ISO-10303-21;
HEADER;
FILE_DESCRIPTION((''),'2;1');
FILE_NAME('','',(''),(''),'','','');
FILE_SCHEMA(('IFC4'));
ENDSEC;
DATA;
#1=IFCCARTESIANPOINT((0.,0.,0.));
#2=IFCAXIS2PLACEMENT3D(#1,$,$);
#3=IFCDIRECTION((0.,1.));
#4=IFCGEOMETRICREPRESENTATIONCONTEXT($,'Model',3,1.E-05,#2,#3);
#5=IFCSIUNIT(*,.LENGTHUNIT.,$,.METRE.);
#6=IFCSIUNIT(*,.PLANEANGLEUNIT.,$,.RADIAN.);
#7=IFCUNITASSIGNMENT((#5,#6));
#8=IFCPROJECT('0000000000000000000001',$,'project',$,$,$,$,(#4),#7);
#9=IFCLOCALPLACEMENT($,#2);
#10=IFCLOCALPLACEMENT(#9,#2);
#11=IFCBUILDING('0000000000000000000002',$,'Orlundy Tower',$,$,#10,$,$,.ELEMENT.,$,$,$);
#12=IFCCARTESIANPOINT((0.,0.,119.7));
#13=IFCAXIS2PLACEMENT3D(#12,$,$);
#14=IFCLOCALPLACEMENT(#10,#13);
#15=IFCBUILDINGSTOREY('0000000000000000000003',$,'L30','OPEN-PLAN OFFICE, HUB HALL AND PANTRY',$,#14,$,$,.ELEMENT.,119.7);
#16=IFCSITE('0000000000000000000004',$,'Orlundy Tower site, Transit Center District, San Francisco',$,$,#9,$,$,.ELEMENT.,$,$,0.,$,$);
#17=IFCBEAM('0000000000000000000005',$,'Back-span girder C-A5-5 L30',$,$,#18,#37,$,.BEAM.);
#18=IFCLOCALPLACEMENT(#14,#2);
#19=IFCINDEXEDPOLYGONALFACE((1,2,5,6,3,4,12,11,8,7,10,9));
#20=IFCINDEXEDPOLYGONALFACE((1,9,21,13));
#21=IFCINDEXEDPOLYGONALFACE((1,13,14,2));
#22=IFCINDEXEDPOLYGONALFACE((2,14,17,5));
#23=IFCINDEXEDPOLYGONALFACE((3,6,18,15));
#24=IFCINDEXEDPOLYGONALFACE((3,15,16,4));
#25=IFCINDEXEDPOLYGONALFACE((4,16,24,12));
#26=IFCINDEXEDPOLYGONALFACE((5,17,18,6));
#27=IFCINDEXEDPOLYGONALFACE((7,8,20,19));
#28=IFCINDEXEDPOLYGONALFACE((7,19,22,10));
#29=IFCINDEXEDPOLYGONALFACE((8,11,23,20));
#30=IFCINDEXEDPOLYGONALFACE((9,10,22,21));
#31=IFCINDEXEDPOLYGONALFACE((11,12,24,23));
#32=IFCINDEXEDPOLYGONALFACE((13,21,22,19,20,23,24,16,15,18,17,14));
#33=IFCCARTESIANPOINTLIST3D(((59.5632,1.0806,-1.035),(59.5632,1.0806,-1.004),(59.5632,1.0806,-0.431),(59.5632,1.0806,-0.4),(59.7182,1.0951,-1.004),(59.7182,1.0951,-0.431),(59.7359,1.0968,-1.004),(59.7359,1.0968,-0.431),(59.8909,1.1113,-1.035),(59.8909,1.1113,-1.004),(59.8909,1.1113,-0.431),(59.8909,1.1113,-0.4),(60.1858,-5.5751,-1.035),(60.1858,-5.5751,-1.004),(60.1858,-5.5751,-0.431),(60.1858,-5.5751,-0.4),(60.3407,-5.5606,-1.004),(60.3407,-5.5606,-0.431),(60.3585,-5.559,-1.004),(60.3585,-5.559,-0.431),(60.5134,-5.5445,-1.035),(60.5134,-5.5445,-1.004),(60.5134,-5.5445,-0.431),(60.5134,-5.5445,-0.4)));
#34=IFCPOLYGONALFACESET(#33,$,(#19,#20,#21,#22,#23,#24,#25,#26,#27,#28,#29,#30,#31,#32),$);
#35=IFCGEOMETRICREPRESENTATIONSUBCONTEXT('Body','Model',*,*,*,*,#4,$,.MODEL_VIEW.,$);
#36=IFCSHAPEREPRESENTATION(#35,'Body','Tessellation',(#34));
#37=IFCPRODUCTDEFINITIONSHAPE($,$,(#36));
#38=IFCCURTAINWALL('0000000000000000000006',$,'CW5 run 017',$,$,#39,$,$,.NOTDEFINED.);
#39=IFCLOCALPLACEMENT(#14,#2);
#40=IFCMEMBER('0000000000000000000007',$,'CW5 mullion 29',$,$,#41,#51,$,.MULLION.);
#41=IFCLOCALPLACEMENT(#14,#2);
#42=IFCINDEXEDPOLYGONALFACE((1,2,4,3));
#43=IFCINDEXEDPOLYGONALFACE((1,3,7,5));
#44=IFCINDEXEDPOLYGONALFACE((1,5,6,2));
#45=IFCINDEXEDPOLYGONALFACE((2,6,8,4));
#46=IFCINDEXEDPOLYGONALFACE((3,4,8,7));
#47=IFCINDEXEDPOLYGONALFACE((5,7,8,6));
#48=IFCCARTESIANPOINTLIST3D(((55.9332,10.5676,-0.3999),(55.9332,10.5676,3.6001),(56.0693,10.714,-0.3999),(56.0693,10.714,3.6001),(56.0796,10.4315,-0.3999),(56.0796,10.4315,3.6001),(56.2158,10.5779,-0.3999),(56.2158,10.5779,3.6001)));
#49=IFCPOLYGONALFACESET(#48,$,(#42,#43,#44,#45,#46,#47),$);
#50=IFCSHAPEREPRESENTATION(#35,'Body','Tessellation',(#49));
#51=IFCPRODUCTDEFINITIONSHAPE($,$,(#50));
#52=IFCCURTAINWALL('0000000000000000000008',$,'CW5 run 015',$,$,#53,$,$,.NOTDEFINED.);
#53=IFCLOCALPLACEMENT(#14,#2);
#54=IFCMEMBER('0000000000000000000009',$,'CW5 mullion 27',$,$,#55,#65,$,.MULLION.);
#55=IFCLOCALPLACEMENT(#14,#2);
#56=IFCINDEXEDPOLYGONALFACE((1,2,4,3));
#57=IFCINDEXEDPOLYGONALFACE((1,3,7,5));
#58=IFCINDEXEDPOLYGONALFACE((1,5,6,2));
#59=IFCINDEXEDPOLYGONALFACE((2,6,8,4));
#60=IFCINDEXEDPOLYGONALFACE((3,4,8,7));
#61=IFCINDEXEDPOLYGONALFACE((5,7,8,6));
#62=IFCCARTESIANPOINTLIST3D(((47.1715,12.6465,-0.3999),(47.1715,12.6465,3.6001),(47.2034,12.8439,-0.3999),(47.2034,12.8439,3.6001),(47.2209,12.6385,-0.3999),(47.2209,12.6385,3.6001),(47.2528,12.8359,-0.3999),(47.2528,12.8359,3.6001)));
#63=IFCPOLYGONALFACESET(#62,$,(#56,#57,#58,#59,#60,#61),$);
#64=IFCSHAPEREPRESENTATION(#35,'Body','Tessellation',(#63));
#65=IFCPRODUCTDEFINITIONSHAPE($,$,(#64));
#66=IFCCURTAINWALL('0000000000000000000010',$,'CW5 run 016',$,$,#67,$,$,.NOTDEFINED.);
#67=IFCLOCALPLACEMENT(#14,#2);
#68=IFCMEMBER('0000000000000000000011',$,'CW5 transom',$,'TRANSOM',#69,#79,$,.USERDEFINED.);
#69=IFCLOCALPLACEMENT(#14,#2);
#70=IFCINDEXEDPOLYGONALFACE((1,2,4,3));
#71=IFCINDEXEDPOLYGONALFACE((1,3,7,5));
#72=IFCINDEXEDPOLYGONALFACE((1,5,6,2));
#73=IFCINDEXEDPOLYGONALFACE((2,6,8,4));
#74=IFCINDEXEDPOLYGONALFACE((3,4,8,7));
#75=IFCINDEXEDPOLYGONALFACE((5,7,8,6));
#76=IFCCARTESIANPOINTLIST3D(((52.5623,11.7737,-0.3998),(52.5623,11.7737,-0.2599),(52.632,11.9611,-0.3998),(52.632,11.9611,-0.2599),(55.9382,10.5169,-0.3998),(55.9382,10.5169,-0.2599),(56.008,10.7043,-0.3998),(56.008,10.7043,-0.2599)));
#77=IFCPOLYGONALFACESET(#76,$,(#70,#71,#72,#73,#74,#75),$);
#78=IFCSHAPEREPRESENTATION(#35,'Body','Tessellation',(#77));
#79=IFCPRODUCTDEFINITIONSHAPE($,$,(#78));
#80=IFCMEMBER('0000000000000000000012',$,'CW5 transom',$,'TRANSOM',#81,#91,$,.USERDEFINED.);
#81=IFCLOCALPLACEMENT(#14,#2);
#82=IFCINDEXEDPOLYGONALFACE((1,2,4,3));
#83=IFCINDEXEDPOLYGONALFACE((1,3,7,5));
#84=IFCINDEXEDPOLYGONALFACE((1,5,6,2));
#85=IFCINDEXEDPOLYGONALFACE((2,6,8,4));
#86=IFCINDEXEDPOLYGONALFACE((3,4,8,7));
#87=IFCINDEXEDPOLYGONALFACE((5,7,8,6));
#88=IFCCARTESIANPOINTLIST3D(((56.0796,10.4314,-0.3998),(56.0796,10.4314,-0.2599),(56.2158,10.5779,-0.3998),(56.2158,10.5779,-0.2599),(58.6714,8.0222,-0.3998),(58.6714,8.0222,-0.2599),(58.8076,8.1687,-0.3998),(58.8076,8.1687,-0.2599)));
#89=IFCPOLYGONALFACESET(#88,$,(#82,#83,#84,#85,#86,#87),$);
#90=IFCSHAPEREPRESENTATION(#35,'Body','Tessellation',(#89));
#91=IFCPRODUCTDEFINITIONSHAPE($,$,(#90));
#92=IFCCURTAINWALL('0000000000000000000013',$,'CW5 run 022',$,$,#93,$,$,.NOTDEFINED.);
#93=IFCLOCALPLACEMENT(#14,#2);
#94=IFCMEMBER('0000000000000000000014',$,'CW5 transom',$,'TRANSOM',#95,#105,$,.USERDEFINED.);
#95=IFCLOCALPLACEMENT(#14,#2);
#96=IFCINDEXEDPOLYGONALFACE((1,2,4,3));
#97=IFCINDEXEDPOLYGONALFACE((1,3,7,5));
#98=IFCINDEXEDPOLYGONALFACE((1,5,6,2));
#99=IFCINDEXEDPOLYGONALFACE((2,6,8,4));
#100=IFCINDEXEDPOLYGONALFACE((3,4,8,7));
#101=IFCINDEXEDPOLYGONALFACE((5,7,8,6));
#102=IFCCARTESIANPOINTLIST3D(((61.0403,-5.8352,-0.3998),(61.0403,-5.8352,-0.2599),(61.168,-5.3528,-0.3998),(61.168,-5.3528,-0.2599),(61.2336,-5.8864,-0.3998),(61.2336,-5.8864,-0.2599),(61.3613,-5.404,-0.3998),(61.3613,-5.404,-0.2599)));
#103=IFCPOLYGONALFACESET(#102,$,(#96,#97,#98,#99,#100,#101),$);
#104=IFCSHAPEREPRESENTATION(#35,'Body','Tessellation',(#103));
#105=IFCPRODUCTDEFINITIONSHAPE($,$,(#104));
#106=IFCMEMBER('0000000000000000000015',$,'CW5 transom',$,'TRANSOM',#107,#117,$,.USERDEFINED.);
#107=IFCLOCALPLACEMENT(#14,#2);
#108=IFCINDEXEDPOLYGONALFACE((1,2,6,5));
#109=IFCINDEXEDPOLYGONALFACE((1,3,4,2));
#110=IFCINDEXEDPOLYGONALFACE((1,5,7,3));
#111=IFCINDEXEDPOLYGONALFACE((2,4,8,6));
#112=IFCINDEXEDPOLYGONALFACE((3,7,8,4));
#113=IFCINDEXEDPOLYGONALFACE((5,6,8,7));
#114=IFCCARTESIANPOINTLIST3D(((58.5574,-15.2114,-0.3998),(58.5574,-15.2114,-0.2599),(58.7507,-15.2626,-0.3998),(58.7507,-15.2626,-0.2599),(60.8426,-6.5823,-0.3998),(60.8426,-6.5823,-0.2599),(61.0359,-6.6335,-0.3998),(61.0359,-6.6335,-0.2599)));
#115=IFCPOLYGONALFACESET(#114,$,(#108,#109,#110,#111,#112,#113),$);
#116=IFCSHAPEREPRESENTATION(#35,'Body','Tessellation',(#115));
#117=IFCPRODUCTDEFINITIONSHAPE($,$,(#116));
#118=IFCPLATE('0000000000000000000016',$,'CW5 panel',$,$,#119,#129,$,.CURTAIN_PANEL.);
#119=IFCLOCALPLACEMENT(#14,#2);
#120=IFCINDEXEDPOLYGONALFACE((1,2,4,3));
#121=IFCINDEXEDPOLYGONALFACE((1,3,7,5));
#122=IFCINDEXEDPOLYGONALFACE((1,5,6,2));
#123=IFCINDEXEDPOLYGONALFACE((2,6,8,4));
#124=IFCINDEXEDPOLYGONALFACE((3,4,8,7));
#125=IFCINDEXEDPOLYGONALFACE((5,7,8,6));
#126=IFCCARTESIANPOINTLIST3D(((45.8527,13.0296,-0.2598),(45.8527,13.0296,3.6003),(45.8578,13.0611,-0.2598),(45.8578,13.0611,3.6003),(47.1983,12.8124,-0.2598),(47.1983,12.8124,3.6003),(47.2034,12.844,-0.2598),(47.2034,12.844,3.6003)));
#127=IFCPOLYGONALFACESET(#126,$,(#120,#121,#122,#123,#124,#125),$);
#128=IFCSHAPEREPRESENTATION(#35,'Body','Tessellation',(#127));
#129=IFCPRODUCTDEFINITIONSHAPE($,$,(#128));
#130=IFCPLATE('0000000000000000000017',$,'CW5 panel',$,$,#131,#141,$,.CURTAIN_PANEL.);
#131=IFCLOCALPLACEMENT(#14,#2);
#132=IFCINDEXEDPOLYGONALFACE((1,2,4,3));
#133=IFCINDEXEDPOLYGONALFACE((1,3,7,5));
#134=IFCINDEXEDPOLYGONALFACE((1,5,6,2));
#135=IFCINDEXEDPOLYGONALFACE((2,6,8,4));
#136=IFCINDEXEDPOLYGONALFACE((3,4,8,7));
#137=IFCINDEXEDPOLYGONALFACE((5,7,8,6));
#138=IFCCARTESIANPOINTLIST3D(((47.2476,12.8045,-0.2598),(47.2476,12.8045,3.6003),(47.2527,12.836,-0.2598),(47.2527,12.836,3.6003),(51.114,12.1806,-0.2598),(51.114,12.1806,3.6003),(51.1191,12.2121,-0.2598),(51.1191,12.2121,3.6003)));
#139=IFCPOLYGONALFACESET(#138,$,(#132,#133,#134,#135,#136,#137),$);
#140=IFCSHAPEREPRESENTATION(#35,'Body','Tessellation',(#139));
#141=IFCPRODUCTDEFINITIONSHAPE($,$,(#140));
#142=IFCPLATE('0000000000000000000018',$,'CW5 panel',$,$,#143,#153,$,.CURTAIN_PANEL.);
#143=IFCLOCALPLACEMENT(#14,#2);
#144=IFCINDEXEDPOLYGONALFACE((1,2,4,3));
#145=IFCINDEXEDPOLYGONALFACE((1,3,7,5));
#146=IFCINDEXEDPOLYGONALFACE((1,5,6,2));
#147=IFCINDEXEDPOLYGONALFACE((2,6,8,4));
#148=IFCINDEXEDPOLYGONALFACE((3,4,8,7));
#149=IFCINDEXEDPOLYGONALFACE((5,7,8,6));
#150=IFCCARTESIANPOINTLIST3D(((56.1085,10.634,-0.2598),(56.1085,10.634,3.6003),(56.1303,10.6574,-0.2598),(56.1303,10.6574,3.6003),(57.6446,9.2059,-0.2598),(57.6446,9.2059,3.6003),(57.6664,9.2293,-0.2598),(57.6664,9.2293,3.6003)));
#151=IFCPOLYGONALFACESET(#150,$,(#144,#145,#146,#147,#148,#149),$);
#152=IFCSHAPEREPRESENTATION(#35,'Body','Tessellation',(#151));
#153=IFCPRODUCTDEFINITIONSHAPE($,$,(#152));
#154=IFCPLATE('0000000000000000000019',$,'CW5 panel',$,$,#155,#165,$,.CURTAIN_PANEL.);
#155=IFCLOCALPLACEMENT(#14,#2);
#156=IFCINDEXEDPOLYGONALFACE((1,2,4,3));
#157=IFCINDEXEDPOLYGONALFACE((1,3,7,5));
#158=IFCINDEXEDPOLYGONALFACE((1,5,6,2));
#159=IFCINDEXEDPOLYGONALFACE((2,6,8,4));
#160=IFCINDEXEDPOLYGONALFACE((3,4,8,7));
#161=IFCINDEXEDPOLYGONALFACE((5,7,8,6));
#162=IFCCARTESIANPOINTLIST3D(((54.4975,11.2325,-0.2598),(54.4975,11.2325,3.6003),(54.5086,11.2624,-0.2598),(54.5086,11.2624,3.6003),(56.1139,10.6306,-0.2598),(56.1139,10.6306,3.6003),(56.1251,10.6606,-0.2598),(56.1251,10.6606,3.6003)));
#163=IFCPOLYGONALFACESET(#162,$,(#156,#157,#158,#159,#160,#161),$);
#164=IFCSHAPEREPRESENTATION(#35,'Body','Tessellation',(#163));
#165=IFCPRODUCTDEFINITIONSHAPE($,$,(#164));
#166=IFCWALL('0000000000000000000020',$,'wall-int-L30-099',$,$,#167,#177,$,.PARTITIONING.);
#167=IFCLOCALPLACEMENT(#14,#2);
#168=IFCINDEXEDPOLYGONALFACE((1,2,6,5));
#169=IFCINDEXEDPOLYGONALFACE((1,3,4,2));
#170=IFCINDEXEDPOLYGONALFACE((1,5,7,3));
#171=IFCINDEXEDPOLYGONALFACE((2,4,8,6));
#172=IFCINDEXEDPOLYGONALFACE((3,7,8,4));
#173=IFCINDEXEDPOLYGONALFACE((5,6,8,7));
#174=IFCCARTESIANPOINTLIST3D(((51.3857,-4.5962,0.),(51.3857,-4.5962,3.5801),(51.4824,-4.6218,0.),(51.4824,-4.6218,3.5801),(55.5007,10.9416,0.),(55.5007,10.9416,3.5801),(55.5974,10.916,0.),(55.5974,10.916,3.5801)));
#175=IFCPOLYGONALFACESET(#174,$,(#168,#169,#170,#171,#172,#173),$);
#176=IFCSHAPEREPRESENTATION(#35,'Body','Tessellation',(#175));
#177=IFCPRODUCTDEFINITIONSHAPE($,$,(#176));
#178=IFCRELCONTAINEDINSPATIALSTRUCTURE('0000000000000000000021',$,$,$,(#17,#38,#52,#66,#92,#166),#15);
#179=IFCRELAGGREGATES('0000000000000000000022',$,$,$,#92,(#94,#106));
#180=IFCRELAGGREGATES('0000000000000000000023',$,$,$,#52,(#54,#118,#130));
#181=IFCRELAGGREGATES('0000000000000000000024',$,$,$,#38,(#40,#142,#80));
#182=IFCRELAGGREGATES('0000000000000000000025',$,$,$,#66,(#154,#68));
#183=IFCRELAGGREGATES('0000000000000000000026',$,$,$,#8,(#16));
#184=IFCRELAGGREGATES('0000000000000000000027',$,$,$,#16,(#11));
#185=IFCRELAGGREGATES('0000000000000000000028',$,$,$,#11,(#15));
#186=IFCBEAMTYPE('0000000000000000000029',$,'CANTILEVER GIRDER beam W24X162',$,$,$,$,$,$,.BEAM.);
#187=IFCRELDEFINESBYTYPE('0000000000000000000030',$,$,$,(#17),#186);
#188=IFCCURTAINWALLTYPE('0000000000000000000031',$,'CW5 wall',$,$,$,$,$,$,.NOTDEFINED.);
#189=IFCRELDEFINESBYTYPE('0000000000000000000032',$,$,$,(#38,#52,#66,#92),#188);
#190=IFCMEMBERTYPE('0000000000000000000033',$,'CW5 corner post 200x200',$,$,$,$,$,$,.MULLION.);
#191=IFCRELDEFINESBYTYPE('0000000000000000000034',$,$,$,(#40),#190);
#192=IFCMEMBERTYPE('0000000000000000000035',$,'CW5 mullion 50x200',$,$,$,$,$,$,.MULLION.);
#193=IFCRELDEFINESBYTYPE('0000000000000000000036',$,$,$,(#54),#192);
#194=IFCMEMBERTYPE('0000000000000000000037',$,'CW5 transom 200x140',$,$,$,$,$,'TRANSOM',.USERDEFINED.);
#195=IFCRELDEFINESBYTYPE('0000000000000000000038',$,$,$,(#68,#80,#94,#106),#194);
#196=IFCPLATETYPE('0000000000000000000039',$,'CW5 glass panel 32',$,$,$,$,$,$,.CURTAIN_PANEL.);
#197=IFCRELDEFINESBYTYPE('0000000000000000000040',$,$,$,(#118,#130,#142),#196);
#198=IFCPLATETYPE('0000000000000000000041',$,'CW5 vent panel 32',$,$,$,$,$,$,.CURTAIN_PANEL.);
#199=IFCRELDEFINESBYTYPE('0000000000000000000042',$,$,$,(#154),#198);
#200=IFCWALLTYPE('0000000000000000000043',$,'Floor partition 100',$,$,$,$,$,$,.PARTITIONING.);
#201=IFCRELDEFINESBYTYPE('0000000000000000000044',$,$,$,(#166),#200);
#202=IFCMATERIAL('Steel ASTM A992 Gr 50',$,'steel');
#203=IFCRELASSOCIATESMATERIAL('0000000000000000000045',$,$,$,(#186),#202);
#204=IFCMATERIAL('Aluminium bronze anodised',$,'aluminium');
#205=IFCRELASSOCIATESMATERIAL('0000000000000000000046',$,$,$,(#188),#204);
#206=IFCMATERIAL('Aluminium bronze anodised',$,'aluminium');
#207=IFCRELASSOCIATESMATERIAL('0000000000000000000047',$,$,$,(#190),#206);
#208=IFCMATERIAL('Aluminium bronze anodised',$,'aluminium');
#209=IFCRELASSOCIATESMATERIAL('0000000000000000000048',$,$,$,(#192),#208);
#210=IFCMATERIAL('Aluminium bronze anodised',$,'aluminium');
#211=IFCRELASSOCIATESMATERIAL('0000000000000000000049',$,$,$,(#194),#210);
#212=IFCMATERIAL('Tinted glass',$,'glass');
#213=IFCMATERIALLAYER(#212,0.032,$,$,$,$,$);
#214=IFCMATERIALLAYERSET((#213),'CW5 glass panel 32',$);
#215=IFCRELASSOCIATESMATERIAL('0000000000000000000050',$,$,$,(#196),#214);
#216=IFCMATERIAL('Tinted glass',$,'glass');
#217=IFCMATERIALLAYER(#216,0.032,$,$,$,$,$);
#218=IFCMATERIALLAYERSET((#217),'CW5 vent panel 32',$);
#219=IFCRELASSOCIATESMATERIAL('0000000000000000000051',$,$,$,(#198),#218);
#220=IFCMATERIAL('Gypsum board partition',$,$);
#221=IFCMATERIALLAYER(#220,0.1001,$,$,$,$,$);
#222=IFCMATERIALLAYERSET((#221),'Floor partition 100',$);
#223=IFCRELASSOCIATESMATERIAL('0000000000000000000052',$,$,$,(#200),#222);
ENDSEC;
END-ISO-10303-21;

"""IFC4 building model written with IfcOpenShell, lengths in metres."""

from ifc_helpers import new_model, si_unit, direction, frame, frame_2d, origin, origin_2d, place, context, subcontext, project, spatial, rectangle, i_section, extrude, material, layer, layer_set, material_profile, profile_set, type_object, element, aggregate, save


model = new_model("IFC4")

# Units and contexts
model_context = context("Model", 3, precision=1e-05, world=origin(), true_north=direction((0.0, 1.0)))
body_context = subcontext(model_context, "Body", "Model", "MODEL_VIEW")
ifc_project = project(units=[si_unit("LENGTHUNIT", "METRE"), si_unit("PLANEANGLEUNIT", "RADIAN")], contexts=[model_context])

# Site, building, storey
site_placement = place(None, origin())
site = spatial("IfcSite", under=ifc_project, at=site_placement, Name="Orlundy Tower site, Transit Center District, San Francisco", CompositionType="ELEMENT", RefElevation=0.0)
building_placement = place(site_placement, origin())
building = spatial("IfcBuilding", under=site, at=building_placement, Name="Orlundy Tower", CompositionType="ELEMENT")
storey_placement = place(building_placement, frame((0.0, 0.0, 119.7)))
storey = spatial("IfcBuildingStorey", under=building, at=storey_placement, Name="L30", Description="OPEN-PLAN OFFICE, HUB HALL AND PANTRY", CompositionType="ELEMENT", Elevation=119.7)

# Beam
ifc_material_1 = material(Name="Steel ASTM A992 Gr 50", Category="steel")
ifc_material_profile_1 = material_profile(ifc_material_1, i_section(OverallWidth=0.3291, OverallDepth=0.635, WebThickness=0.0178, FlangeThickness=0.031, at=origin_2d()), Name="W24X162")
ifc_profile_set_1 = profile_set([ifc_material_profile_1], Name="Steel ASTM A992 Gr 50")
beam_type = type_object("IfcBeamType", Name="CANTILEVER GIRDER beam W24X162", PredefinedType="BEAM", material=ifc_profile_set_1)
beam_1_placement = place(storey_placement, frame((59.7271, 1.0959, -0.7175), z_axis=(0.09313, -0.995654, 0.0), x_axis=(0.995654, 0.09313, 0.0)))
element("IfcBeam", 1, at=beam_1_placement, inside=storey, type_object=beam_type, Name="Back-span girder C-A5-5 L30", PredefinedType="BEAM", context=body_context, shape_type="SweptSolid", body=[
    extrude(i_section(OverallWidth=0.3291, OverallDepth=0.635, WebThickness=0.0178, FlangeThickness=0.031, at=origin_2d()), origin(), (0.0, 0.0, 1.0), 6.6848),
])

# Curtain walls, members
ifc_material_2 = material(Name="Aluminium bronze anodised", Category="aluminium")
curtain_wall_type = type_object("IfcCurtainWallType", Name="CW5 wall", PredefinedType="NOTDEFINED", material=ifc_material_2)
curtain_wall_1_placement = place(storey_placement, origin())
curtain_wall_1 = element("IfcCurtainWall", 2, at=curtain_wall_1_placement, inside=storey, type_object=curtain_wall_type, Name="CW5 run 017", PredefinedType="NOTDEFINED")
ifc_material_3 = material(Name="Aluminium bronze anodised", Category="aluminium")
ifc_material_profile_2 = material_profile(ifc_material_3, rectangle(XDim=0.2, YDim=0.2, at=origin_2d()), Name="CW5 corner post 200x200")
ifc_profile_set_2 = profile_set([ifc_material_profile_2], Name="Aluminium bronze anodised")
member_type_1 = type_object("IfcMemberType", Name="CW5 corner post 200x200", PredefinedType="MULLION", material=ifc_profile_set_2)
member_1_placement = place(storey_placement, frame((56.0745, 10.5728, -0.3999), z_axis=(0.0, 0.0, 1.0), x_axis=(0.680875, 0.732399, 0.0)))
member_1 = element("IfcMember", 3, at=member_1_placement, type_object=member_type_1, Name="CW5 mullion 29", PredefinedType="MULLION", context=body_context, shape_type="SweptSolid", body=[
    extrude(rectangle(XDim=0.2, YDim=0.2, at=origin_2d()), origin(), (0.0, 0.0, 1.0), 4.0),
])
curtain_wall_2_placement = place(storey_placement, origin())
curtain_wall_2 = element("IfcCurtainWall", 4, at=curtain_wall_2_placement, inside=storey, type_object=curtain_wall_type, Name="CW5 run 015", PredefinedType="NOTDEFINED")
ifc_material_4 = material(Name="Aluminium bronze anodised", Category="aluminium")
ifc_material_profile_3 = material_profile(ifc_material_4, rectangle(XDim=0.2, YDim=0.05, at=origin_2d()), Name="CW5 mullion 50x200")
ifc_profile_set_3 = profile_set([ifc_material_profile_3], Name="Aluminium bronze anodised")
member_type_2 = type_object("IfcMemberType", Name="CW5 mullion 50x200", PredefinedType="MULLION", material=ifc_profile_set_3)
member_2_placement = place(storey_placement, frame((47.2122, 12.7412, -0.3999), z_axis=(0.0, 0.0, 1.0), x_axis=(0.159306, 0.987229, 0.0)))
member_2 = element("IfcMember", 5, at=member_2_placement, type_object=member_type_2, Name="CW5 mullion 27", PredefinedType="MULLION", context=body_context, shape_type="SweptSolid", body=[
    extrude(rectangle(XDim=0.2, YDim=0.05, at=origin_2d()), origin(), (0.0, 0.0, 1.0), 4.0),
])
curtain_wall_3_placement = place(storey_placement, origin())
curtain_wall_3 = element("IfcCurtainWall", 6, at=curtain_wall_3_placement, inside=storey, type_object=curtain_wall_type, Name="CW5 run 016", PredefinedType="NOTDEFINED")
ifc_material_5 = material(Name="Aluminium bronze anodised", Category="aluminium")
ifc_material_profile_4 = material_profile(ifc_material_5, rectangle(XDim=0.2, YDim=0.1399, at=origin_2d()), Name="CW5 transom 200x140")
ifc_profile_set_4 = profile_set([ifc_material_profile_4], Name="Aluminium bronze anodised")
member_type_3 = type_object("IfcMemberType", Name="CW5 transom 200x140", ElementType="TRANSOM", PredefinedType="USERDEFINED", material=ifc_profile_set_4)
member_3_placement = place(storey_placement, frame((52.5972, 11.8674, -0.3298), z_axis=(0.937162, -0.348894, 0.0), x_axis=(0.348894, 0.937162, 0.0)))
member_3 = element("IfcMember", 7, at=member_3_placement, type_object=member_type_3, Name="CW5 transom", ObjectType="TRANSOM", PredefinedType="USERDEFINED", context=body_context, shape_type="SweptSolid", body=[
    extrude(rectangle(XDim=0.2, YDim=0.1399, at=origin_2d()), origin(), (0.0, 0.0, 1.0), 3.6023),
])

# Member
member_4_placement = place(storey_placement, frame((56.1477, 10.5046, -0.3298), z_axis=(0.73244, -0.680832, 0.0), x_axis=(0.680832, 0.73244, 0.0)))
member_4 = element("IfcMember", 8, at=member_4_placement, type_object=member_type_3, Name="CW5 transom", ObjectType="TRANSOM", PredefinedType="USERDEFINED", context=body_context, shape_type="SweptSolid", body=[
    extrude(rectangle(XDim=0.2, YDim=0.1399, at=origin_2d()), origin(), (0.0, 0.0, 1.0), 3.5386),
])

# Curtain wall, members
curtain_wall_4_placement = place(storey_placement, origin())
curtain_wall_4 = element("IfcCurtainWall", 9, at=curtain_wall_4_placement, inside=storey, type_object=curtain_wall_type, Name="CW5 run 022", PredefinedType="NOTDEFINED")
member_5_placement = place(storey_placement, frame((61.2646, -5.3784, -0.3298), z_axis=(-0.255866, -0.966712, 0.0), x_axis=(0.966712, -0.255866, 0.0)))
member_5 = element("IfcMember", 10, at=member_5_placement, type_object=member_type_3, Name="CW5 transom", ObjectType="TRANSOM", PredefinedType="USERDEFINED", context=body_context, shape_type="SweptSolid", body=[
    extrude(rectangle(XDim=0.2, YDim=0.1399, at=origin_2d()), origin(), (0.0, 0.0, 1.0), 0.499),
])
member_6_placement = place(storey_placement, frame((60.9392, -6.6079, -0.3298), z_axis=(-0.255994, -0.966678, 0.0), x_axis=(0.966678, -0.255994, 0.0)))
member_6 = element("IfcMember", 11, at=member_6_placement, type_object=member_type_3, Name="CW5 transom", ObjectType="TRANSOM", PredefinedType="USERDEFINED", context=body_context, shape_type="SweptSolid", body=[
    extrude(rectangle(XDim=0.2, YDim=0.1399, at=origin_2d()), origin(), (0.0, 0.0, 1.0), 8.9265),
])
aggregate(curtain_wall_4, [member_5, member_6])

# Plates
ifc_material_6 = material(Name="Tinted glass", Category="glass")
ifc_layer_1 = layer(ifc_material_6, 0.032)
ifc_layer_set_1 = layer_set([ifc_layer_1], Name="CW5 glass panel 32")
plate_type_1 = type_object("IfcPlateType", Name="CW5 glass panel 32", PredefinedType="CURTAIN_PANEL", material=ifc_layer_set_1)
plate_1_placement = place(storey_placement, frame((46.5281, 12.9368, -0.2598), z_axis=(0.0, 0.0, 1.0), x_axis=(0.987229, -0.159306, 0.0)))
plate_1 = element("IfcPlate", 12, at=plate_1_placement, type_object=plate_type_1, Name="CW5 panel", PredefinedType="CURTAIN_PANEL", context=body_context, shape_type="SweptSolid", body=[
    extrude(rectangle(XDim=1.363, YDim=0.032, at=origin_2d()), origin(), (0.0, 0.0, 1.0), 3.8601),
])
plate_2_placement = place(storey_placement, frame((49.1833, 12.5083, -0.2598), z_axis=(0.0, 0.0, 1.0), x_axis=(0.987229, -0.159306, 0.0)))
plate_2 = element("IfcPlate", 13, at=plate_2_placement, type_object=plate_type_1, Name="CW5 panel", PredefinedType="CURTAIN_PANEL", context=body_context, shape_type="SweptSolid", body=[
    extrude(rectangle(XDim=3.9165, YDim=0.032, at=origin_2d()), origin(), (0.0, 0.0, 1.0), 3.8601),
])
aggregate(curtain_wall_2, [member_2, plate_1, plate_2])
plate_3_placement = place(storey_placement, frame((56.8875, 9.9316, -0.2598), z_axis=(0.0, 0.0, 1.0), x_axis=(0.732399, -0.680875, 0.0)))
plate_3 = element("IfcPlate", 14, at=plate_3_placement, type_object=plate_type_1, Name="CW5 panel", PredefinedType="CURTAIN_PANEL", context=body_context, shape_type="SweptSolid", body=[
    extrude(rectangle(XDim=2.0974, YDim=0.032, at=origin_2d()), origin(), (0.0, 0.0, 1.0), 3.8601),
])
aggregate(curtain_wall_1, [member_1, plate_3, member_4])
ifc_material_7 = material(Name="Tinted glass", Category="glass")
ifc_layer_2 = layer(ifc_material_7, 0.032)
ifc_layer_set_2 = layer_set([ifc_layer_2], Name="CW5 vent panel 32")
plate_type_2 = type_object("IfcPlateType", Name="CW5 vent panel 32", PredefinedType="CURTAIN_PANEL", material=ifc_layer_set_2)
plate_4_placement = place(storey_placement, frame((55.3113, 10.9465, -0.2598), z_axis=(0.0, 0.0, 1.0), x_axis=(0.937158, -0.348905, 0.0)))
plate_4 = element("IfcPlate", 15, at=plate_4_placement, type_object=plate_type_2, Name="CW5 panel", PredefinedType="CURTAIN_PANEL", context=body_context, shape_type="SweptSolid", body=[
    extrude(rectangle(XDim=1.7249, YDim=0.032, at=origin_2d()), origin(), (0.0, 0.0, 1.0), 3.8601),
])
aggregate(curtain_wall_3, [plate_4, member_3])

# Wall
ifc_material_8 = material(Name="Gypsum board partition")
ifc_layer_3 = layer(ifc_material_8, 0.1001)
ifc_layer_set_3 = layer_set([ifc_layer_3], Name="Floor partition 100")
wall_type_1 = type_object("IfcWallType", Name="Floor partition 100", PredefinedType="PARTITIONING", material=ifc_layer_set_3)
wall_1_placement = place(storey_placement, frame((51.4341, -4.6089, 0.0), z_axis=(0.0, 0.0, 1.0), x_axis=(0.256011, 0.966674, 0.0)))
element("IfcWall", 16, at=wall_1_placement, inside=storey, type_object=wall_type_1, Name="wall-int-L30-099", PredefinedType="PARTITIONING", context=body_context, shape_type="SweptSolid", body=[
    extrude(rectangle(XDim=16.0735, YDim=0.1001, at=frame_2d((8.0366, 0.0))), origin(), (0.0, 0.0, 1.0), 3.5801),
])

save(model, "model.ifc")
